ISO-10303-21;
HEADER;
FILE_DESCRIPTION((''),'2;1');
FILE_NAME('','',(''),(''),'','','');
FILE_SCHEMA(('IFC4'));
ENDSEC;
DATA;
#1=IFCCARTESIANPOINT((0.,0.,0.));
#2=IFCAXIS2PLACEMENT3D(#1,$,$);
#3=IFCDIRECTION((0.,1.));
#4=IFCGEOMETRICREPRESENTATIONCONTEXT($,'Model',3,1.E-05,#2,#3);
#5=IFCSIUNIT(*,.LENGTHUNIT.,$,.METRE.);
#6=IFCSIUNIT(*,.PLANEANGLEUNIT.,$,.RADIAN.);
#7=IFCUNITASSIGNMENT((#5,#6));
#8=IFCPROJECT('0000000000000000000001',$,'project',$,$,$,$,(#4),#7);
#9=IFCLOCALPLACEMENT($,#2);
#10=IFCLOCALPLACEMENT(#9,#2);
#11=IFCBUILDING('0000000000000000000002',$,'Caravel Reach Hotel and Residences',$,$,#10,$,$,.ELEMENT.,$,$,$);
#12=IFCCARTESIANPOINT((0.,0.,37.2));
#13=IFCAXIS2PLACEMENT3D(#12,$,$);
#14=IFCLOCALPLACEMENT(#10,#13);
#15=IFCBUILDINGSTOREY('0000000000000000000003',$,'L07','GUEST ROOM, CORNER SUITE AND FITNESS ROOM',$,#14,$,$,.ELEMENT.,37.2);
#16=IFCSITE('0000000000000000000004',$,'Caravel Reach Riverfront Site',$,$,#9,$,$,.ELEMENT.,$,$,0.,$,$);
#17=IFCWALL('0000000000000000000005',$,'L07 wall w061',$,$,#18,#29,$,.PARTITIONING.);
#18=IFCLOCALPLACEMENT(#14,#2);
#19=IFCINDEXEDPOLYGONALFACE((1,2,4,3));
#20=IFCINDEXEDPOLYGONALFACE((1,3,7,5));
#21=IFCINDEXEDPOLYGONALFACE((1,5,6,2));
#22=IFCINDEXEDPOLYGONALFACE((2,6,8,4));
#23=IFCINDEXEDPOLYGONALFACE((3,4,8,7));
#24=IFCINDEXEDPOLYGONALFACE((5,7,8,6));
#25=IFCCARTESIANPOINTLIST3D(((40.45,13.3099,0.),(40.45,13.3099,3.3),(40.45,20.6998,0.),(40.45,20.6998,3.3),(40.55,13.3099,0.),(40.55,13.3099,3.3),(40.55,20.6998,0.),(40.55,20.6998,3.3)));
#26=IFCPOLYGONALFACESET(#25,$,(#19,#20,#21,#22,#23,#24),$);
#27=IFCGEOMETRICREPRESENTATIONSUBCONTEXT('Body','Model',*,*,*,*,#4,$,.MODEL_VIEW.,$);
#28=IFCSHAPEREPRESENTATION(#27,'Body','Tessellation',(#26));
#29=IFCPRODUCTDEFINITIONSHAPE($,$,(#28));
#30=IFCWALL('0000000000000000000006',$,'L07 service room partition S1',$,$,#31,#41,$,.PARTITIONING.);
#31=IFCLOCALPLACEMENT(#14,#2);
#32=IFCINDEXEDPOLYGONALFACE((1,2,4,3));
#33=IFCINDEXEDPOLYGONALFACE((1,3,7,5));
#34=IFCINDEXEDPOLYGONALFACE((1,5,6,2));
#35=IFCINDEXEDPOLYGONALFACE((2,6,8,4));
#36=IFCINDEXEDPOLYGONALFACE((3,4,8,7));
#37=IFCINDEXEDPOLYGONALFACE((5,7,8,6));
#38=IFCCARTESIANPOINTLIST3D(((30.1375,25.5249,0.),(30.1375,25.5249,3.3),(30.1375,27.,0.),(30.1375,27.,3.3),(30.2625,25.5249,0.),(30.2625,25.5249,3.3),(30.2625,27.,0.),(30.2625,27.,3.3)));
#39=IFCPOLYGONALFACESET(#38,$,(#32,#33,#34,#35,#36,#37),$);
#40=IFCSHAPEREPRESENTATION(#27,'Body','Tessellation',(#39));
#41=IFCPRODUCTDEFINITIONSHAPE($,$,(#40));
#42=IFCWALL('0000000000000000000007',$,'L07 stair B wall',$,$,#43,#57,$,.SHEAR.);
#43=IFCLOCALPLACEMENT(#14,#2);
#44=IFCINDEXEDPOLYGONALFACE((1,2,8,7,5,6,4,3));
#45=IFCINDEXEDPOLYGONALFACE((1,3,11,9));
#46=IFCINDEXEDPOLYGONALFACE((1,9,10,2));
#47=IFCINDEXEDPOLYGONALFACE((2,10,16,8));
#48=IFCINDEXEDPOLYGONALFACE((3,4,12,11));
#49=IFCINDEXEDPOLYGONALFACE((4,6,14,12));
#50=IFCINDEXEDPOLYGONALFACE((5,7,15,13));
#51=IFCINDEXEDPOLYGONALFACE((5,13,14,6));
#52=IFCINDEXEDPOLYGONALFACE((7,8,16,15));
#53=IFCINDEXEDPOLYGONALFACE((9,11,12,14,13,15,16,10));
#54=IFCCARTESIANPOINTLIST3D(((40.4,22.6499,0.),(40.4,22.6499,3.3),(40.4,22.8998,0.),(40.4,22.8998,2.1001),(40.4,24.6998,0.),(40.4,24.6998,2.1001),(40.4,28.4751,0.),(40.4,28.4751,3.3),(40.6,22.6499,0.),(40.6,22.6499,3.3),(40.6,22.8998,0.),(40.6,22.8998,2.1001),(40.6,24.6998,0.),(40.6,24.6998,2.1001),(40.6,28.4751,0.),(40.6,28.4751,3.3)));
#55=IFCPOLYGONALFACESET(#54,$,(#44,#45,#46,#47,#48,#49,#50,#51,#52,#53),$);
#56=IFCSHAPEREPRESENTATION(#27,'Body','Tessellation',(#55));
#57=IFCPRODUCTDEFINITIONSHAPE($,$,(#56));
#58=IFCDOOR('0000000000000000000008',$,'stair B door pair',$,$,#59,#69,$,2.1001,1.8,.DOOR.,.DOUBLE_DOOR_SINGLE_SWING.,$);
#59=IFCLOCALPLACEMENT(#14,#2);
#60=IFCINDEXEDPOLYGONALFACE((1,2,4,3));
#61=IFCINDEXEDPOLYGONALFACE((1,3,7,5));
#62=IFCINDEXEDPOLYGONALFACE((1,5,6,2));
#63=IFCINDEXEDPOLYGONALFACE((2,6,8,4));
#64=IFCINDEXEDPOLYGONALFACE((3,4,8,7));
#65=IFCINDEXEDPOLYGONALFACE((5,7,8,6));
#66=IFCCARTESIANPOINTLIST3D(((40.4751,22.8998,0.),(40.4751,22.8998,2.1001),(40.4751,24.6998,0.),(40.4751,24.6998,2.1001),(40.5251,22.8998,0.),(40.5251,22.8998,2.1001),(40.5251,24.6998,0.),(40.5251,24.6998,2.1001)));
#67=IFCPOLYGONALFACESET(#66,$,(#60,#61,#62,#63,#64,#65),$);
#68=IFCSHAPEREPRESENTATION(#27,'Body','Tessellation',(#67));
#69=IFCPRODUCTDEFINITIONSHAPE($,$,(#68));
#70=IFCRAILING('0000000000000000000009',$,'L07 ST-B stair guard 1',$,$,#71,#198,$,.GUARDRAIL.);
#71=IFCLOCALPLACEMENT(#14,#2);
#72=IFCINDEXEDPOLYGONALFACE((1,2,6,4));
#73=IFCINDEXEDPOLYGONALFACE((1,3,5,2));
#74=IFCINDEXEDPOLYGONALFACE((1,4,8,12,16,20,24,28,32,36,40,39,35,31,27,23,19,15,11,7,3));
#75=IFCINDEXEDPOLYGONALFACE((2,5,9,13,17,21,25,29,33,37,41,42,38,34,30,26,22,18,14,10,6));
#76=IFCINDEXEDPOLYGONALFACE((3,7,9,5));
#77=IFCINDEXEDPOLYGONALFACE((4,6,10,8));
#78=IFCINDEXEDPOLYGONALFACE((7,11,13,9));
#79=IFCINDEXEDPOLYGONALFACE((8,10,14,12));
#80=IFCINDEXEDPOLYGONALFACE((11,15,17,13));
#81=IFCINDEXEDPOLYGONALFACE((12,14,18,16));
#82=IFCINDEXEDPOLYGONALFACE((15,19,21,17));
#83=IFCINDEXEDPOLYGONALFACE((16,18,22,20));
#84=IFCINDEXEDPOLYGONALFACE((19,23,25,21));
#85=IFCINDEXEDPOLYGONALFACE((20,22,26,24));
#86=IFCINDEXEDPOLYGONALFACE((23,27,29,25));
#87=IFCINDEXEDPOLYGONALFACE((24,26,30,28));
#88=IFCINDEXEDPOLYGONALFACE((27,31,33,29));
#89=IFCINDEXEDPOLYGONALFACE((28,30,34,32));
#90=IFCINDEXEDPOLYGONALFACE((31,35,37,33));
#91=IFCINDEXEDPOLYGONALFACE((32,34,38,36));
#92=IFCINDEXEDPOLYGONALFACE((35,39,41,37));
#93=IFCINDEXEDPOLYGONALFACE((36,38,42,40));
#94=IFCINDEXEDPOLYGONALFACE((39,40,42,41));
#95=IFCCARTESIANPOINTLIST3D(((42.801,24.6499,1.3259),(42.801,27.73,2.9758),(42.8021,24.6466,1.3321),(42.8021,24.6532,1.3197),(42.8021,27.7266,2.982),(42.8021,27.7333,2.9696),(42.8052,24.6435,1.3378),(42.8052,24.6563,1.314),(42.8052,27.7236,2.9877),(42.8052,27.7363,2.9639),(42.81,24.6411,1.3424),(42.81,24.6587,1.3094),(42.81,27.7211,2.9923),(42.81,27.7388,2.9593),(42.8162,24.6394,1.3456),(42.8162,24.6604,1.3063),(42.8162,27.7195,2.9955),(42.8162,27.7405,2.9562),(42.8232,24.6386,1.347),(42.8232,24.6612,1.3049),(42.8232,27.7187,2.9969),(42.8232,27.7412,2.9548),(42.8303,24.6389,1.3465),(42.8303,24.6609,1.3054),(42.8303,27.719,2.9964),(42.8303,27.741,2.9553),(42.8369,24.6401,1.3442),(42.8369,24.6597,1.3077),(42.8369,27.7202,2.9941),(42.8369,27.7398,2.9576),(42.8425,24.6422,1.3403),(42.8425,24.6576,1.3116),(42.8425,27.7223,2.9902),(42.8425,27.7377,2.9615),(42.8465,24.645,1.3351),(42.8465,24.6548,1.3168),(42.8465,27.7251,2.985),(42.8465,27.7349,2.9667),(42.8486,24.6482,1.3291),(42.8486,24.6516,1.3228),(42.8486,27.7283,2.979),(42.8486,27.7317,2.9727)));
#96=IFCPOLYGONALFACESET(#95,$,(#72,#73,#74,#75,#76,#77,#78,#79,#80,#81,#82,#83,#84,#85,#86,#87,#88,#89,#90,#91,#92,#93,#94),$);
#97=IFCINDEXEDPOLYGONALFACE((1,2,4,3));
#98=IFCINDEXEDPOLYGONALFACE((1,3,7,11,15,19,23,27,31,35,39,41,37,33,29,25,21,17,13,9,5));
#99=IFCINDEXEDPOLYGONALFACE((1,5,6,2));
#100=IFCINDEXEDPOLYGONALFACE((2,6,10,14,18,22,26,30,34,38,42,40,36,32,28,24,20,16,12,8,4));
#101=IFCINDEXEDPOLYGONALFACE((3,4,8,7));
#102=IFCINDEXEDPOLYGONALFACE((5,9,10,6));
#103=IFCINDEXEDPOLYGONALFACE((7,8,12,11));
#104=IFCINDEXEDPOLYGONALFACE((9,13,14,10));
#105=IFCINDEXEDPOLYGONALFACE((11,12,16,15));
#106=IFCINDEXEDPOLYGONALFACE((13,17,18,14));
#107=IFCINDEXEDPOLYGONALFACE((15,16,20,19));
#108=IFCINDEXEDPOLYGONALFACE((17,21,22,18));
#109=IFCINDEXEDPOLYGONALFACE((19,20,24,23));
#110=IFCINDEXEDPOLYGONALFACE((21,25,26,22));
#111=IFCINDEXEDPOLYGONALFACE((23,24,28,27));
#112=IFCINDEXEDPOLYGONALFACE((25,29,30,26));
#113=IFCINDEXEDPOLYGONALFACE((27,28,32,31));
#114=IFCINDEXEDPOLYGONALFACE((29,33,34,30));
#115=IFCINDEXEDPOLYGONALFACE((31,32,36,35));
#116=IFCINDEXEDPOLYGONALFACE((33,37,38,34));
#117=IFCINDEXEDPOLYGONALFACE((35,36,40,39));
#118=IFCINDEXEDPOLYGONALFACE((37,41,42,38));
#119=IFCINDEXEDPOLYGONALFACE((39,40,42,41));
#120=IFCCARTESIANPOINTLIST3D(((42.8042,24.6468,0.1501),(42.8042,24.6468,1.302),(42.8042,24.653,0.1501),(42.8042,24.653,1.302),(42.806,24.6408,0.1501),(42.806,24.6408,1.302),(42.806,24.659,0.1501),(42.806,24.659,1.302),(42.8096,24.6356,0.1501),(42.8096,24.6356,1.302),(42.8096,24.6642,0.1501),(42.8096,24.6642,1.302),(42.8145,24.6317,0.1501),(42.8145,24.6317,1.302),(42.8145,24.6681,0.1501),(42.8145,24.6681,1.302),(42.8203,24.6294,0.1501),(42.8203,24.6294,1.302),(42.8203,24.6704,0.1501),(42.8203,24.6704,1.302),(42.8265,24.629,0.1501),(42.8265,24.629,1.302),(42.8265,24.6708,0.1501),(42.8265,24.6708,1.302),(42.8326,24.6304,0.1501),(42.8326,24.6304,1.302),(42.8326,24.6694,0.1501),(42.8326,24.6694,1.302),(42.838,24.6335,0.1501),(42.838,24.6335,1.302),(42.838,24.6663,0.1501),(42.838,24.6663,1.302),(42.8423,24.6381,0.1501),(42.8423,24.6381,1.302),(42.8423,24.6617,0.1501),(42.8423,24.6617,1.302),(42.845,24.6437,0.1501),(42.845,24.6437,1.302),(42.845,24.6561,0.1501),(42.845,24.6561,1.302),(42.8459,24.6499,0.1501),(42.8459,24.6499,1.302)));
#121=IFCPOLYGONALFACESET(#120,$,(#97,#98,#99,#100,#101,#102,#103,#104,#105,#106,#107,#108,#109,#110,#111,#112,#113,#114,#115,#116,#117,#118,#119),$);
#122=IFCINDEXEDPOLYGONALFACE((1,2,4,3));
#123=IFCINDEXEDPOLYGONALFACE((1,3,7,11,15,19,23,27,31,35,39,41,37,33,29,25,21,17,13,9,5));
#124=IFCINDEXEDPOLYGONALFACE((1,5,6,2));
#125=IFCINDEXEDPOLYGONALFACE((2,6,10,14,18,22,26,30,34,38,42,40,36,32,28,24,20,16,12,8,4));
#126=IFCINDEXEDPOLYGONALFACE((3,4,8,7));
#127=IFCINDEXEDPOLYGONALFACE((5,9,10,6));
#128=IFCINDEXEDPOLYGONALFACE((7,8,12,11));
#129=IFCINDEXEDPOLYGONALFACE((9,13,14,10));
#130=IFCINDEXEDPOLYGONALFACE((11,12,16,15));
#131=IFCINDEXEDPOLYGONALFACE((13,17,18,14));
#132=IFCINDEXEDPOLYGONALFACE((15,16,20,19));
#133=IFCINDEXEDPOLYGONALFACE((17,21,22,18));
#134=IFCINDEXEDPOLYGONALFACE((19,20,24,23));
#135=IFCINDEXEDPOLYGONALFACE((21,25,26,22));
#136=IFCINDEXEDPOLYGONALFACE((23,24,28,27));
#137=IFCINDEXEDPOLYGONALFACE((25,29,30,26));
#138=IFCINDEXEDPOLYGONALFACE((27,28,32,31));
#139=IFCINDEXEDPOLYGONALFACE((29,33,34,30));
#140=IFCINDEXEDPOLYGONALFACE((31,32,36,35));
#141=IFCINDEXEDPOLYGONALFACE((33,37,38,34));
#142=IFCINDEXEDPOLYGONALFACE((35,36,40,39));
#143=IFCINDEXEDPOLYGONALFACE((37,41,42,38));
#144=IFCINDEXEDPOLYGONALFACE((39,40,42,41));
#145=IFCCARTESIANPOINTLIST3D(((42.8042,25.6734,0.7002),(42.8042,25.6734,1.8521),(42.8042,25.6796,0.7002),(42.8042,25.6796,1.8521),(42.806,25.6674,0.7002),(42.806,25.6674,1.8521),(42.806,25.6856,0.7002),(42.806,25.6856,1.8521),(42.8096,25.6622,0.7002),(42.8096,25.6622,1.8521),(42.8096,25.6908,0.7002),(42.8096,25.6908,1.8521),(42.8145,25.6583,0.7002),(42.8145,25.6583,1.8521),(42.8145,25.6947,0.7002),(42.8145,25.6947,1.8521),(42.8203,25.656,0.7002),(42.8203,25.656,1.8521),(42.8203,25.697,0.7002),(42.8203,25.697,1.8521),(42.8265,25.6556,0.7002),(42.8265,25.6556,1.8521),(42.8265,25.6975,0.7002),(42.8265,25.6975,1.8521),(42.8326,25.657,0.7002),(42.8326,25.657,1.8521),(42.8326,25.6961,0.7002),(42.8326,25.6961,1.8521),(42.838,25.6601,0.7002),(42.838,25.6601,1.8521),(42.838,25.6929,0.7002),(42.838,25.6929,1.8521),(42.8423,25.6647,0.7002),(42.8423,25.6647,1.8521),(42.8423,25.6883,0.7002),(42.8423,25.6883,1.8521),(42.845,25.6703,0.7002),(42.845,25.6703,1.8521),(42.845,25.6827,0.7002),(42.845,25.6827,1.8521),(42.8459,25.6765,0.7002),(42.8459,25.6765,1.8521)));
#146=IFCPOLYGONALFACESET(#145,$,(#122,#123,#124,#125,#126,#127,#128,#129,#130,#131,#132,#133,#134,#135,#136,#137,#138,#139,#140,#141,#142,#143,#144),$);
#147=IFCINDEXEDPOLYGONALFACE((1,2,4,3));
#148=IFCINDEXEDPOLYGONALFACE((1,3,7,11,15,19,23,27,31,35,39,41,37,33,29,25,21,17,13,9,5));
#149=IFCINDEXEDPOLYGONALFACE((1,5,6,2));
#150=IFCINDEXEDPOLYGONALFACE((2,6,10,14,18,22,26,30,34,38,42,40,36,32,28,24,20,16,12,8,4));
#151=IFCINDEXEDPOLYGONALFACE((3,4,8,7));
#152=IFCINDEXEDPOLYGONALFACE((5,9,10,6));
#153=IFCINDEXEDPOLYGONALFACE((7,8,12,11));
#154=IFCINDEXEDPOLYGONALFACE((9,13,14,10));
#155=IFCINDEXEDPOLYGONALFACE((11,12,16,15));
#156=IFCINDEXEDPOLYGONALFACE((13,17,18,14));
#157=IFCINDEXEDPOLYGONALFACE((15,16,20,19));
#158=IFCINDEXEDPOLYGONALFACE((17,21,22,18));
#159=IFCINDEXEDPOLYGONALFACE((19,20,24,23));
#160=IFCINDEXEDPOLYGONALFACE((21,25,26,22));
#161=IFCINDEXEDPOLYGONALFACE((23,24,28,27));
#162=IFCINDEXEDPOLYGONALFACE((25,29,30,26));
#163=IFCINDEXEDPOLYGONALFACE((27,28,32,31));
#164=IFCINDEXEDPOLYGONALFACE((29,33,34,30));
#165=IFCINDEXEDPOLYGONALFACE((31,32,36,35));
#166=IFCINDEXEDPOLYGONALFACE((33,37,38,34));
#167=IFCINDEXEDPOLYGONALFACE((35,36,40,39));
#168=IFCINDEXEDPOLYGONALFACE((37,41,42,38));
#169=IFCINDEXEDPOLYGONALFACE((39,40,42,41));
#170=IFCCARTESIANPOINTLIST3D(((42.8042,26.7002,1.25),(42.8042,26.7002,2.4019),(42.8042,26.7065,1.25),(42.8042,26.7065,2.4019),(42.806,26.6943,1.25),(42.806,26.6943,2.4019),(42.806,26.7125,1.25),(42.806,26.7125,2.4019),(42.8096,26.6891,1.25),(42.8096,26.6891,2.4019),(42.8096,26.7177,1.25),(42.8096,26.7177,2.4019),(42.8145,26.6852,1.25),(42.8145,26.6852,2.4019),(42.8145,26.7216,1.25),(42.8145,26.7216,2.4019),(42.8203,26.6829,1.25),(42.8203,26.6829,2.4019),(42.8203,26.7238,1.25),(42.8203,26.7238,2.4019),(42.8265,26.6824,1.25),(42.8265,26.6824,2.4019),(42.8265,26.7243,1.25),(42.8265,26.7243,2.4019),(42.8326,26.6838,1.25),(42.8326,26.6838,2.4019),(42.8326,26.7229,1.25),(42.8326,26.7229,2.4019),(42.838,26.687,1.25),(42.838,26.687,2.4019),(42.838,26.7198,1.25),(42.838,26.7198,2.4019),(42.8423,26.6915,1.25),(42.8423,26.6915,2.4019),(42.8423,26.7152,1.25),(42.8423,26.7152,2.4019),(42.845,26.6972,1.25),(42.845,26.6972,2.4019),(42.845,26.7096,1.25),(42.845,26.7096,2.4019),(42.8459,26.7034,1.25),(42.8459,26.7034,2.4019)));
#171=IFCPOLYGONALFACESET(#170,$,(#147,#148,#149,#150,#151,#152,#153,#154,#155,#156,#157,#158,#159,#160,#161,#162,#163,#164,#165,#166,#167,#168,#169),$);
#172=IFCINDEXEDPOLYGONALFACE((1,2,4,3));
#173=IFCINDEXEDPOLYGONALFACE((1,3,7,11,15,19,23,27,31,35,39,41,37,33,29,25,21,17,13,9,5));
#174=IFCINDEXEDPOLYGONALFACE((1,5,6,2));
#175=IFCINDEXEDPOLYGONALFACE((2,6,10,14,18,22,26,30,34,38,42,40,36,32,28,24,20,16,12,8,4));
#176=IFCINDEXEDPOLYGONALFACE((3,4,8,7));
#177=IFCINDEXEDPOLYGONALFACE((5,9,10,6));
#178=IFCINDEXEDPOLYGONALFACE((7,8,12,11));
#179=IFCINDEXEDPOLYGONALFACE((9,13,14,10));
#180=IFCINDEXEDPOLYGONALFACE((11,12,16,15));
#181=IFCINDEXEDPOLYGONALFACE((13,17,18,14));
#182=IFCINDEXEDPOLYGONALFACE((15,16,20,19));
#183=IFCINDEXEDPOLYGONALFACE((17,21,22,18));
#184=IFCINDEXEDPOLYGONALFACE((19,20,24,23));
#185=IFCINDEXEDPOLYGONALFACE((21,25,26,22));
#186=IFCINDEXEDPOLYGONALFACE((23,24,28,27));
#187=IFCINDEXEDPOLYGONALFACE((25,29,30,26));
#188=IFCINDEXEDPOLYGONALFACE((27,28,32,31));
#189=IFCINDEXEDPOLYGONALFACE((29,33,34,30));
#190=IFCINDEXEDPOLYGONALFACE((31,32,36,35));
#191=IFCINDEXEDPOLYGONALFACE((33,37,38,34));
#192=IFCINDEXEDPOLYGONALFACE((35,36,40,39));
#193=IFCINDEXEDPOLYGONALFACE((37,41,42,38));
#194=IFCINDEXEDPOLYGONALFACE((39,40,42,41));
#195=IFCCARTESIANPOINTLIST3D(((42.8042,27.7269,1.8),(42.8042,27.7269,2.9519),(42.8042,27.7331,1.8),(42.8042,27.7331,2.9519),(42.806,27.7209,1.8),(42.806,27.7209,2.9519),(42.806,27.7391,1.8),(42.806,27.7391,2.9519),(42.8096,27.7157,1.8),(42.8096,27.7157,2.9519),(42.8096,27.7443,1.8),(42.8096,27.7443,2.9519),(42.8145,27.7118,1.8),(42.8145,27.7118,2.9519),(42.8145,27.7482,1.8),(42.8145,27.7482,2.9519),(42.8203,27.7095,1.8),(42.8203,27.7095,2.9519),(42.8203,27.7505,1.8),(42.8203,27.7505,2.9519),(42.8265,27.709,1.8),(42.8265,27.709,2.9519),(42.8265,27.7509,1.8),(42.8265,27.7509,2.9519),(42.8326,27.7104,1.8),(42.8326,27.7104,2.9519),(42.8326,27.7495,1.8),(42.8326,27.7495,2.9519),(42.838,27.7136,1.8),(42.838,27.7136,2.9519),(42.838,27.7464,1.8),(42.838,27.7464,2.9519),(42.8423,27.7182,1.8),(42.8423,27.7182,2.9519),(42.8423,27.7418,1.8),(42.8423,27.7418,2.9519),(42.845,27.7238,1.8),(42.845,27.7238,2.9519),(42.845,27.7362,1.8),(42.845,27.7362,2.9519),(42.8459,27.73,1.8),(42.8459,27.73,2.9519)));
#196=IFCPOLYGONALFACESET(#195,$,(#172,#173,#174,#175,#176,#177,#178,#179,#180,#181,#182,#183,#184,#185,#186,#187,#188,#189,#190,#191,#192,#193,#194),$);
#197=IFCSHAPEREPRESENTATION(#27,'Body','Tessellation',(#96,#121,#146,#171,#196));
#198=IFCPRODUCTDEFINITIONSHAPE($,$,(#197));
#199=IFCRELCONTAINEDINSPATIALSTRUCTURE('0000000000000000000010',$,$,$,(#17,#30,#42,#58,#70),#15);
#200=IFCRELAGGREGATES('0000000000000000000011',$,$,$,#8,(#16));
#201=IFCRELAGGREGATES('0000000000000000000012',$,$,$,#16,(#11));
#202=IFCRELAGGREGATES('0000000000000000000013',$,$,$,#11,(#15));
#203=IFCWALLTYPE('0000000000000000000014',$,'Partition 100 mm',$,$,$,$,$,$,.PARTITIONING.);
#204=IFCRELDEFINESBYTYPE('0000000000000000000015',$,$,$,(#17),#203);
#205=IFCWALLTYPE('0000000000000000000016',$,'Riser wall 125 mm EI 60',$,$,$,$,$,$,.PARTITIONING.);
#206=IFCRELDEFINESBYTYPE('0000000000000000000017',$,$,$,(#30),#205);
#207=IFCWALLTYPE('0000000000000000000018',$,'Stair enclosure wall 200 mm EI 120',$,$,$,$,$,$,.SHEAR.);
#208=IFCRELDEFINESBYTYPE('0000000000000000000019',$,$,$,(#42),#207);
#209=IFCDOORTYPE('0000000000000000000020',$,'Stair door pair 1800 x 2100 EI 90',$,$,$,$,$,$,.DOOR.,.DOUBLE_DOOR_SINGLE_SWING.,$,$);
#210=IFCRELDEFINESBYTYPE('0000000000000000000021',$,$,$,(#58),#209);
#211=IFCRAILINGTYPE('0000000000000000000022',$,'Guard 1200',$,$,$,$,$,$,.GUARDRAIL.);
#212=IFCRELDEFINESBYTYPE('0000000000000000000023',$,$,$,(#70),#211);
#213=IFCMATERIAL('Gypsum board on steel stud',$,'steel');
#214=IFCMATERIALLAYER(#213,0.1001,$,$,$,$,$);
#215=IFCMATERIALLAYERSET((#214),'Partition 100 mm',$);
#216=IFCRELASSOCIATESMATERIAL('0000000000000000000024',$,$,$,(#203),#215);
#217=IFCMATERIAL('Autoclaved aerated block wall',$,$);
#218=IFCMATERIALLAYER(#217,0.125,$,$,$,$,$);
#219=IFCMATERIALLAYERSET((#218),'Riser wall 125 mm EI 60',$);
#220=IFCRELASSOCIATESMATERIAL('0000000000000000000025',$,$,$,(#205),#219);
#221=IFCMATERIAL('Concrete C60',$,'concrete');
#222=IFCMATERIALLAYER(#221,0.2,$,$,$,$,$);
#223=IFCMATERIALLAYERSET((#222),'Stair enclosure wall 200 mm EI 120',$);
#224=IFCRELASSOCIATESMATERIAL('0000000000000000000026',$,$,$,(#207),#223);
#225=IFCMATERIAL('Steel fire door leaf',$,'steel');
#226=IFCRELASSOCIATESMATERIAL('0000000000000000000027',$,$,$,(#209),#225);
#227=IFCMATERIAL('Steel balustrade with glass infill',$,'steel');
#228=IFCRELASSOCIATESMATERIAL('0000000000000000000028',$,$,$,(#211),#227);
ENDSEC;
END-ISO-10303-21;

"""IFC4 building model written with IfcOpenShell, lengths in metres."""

from ifc_helpers import new_model, si_unit, direction, frame, frame_2d, origin, origin_2d, place, context, subcontext, project, spatial, rectangle, circle, extrude, material, layer, layer_set, type_object, element, fill, save


model = new_model("IFC4")

# Units and contexts
model_context = context("Model", 3, precision=1e-05, world=origin(), true_north=direction((0.0, 1.0)))
body_context = subcontext(model_context, "Body", "Model", "MODEL_VIEW")
ifc_project = project(units=[si_unit("LENGTHUNIT", "METRE"), si_unit("PLANEANGLEUNIT", "RADIAN")], contexts=[model_context])

# Site, building, storey
site_placement = place(None, origin())
site = spatial("IfcSite", under=ifc_project, at=site_placement, Name="Caravel Reach Riverfront Site", CompositionType="ELEMENT", RefElevation=0.0)
building_placement = place(site_placement, origin())
building = spatial("IfcBuilding", under=site, at=building_placement, Name="Caravel Reach Hotel and Residences", CompositionType="ELEMENT")
storey_placement = place(building_placement, frame((0.0, 0.0, 37.2)))
storey = spatial("IfcBuildingStorey", under=building, at=storey_placement, Name="L07", Description="GUEST ROOM, CORNER SUITE AND FITNESS ROOM", CompositionType="ELEMENT", Elevation=37.2)

# Walls
ifc_material_1 = material(Name="Gypsum board on steel stud", Category="steel")
ifc_layer_1 = layer(ifc_material_1, 0.1001)
ifc_layer_set_1 = layer_set([ifc_layer_1], Name="Partition 100 mm")
wall_type_1 = type_object("IfcWallType", Name="Partition 100 mm", PredefinedType="PARTITIONING", material=ifc_layer_set_1)
wall_1_placement = place(storey_placement, frame((40.5, 13.3101, 0.0), z_axis=(0.0, 0.0, 1.0), x_axis=(0.0, 1.0, 0.0)))
element("IfcWall", 1, at=wall_1_placement, inside=storey, type_object=wall_type_1, Name="L07 wall w061", PredefinedType="PARTITIONING", context=body_context, shape_type="SweptSolid", body=[
    extrude(rectangle(XDim=7.3899, YDim=0.1001, at=frame_2d((3.6948, 0.0))), origin(), (0.0, 0.0, 1.0), 3.3),
])
ifc_material_2 = material(Name="Autoclaved aerated block wall")
ifc_layer_2 = layer(ifc_material_2, 0.125)
ifc_layer_set_2 = layer_set([ifc_layer_2], Name="Riser wall 125 mm EI 60")
wall_type_2 = type_object("IfcWallType", Name="Riser wall 125 mm EI 60", PredefinedType="PARTITIONING", material=ifc_layer_set_2)
wall_2_placement = place(storey_placement, frame((30.2, 25.5249, 0.0), z_axis=(0.0, 0.0, 1.0), x_axis=(0.0, 1.0, 0.0)))
element("IfcWall", 2, at=wall_2_placement, inside=storey, type_object=wall_type_2, Name="L07 service room partition S1", PredefinedType="PARTITIONING", context=body_context, shape_type="SweptSolid", body=[
    extrude(rectangle(XDim=1.4751, YDim=0.125, at=frame_2d((0.7375, 0.0))), origin(), (0.0, 0.0, 1.0), 3.3),
])

# Wall, opening, door
ifc_material_3 = material(Name="Concrete C60", Category="concrete")
ifc_layer_3 = layer(ifc_material_3, 0.2)
ifc_layer_set_3 = layer_set([ifc_layer_3], Name="Stair enclosure wall 200 mm EI 120")
wall_type_3 = type_object("IfcWallType", Name="Stair enclosure wall 200 mm EI 120", PredefinedType="SHEAR", material=ifc_layer_set_3)
wall_3_placement = place(storey_placement, frame((40.5, 22.6499, 0.0), z_axis=(0.0, 0.0, 1.0), x_axis=(0.0, 1.0, 0.0)))
wall_3 = element("IfcWall", 3, at=wall_3_placement, inside=storey, type_object=wall_type_3, Name="L07 stair B wall", PredefinedType="SHEAR", context=body_context, shape_type="SweptSolid", body=[
    extrude(rectangle(XDim=5.8252, YDim=0.2, at=frame_2d((2.9126, 0.0))), origin(), (0.0, 0.0, 1.0), 3.3),
])
opening_1_placement = place(wall_3_placement, frame((0.25, 0.0, 0.0)))
opening_1 = element("IfcOpeningElement", 4, at=opening_1_placement, cuts=wall_3, PredefinedType="OPENING", context=body_context, shape_type="SweptSolid", body=[
    extrude(rectangle(XDim=1.8, YDim=2.1001, at=frame_2d((0.8999, 1.05))), frame((0.0, 0.1099, 0.0), z_axis=(0.0, -1.0, 0.0), x_axis=(1.0, 0.0, 0.0)), (0.0, 0.0, 1.0), 0.22),
])
ifc_material_4 = material(Name="Steel fire door leaf", Category="steel")
door_type_1 = type_object("IfcDoorType", Name="Stair door pair 1800 x 2100 EI 90", OperationType="DOUBLE_DOOR_SINGLE_SWING", PredefinedType="DOOR", material=ifc_material_4)
door_1_placement = place(opening_1_placement, origin())
door_1 = element("IfcDoor", 5, at=door_1_placement, inside=storey, type_object=door_type_1, Name="stair B door pair", OperationType="DOUBLE_DOOR_SINGLE_SWING", OverallHeight=2.1001, OverallWidth=1.8, PredefinedType="DOOR", context=body_context, shape_type="SweptSolid", body=[
    extrude(rectangle(XDim=1.8, YDim=2.1001, at=frame_2d((0.8999, 1.05))), frame((0.0, 0.0249, 0.0), z_axis=(0.0, -1.0, 0.0), x_axis=(1.0, 0.0, 0.0)), (0.0, 0.0, 1.0), 0.05),
])
fill(opening_1, door_1)

# Railing
ifc_material_5 = material(Name="Steel balustrade with glass infill", Category="steel")
railing_type_1 = type_object("IfcRailingType", Name="Guard 1200", PredefinedType="GUARDRAIL", material=ifc_material_5)
railing_1_placement = place(storey_placement, frame((42.825, 24.6499, 0.1501)))
element("IfcRailing", 6, at=railing_1_placement, inside=storey, type_object=railing_type_1, Name="L07 ST-B stair guard 1", PredefinedType="GUARDRAIL", context=body_context, shape_type="SweptSolid", body=[
    extrude(circle(Radius=0.0239, at=origin_2d()), frame((0.0, 0.0, 1.1758), z_axis=(0.0, 0.881497, 0.47219), x_axis=(-1.0, 0.0, 0.0)), (0.0, 0.0, 1.0), 3.4941),
    extrude(circle(Radius=0.021, at=origin_2d()), origin(), (0.0, 0.0, 1.0), 1.1519),
    extrude(circle(Radius=0.021, at=origin_2d()), frame((0.0, 1.0266, 0.55)), (0.0, 0.0, 1.0), 1.1519),
    extrude(circle(Radius=0.021, at=origin_2d()), frame((0.0, 2.0535, 1.0999)), (0.0, 0.0, 1.0), 1.1519),
    extrude(circle(Radius=0.021, at=origin_2d()), frame((0.0, 3.0801, 1.6499)), (0.0, 0.0, 1.0), 1.1519),
])

save(model, "model.ifc")
